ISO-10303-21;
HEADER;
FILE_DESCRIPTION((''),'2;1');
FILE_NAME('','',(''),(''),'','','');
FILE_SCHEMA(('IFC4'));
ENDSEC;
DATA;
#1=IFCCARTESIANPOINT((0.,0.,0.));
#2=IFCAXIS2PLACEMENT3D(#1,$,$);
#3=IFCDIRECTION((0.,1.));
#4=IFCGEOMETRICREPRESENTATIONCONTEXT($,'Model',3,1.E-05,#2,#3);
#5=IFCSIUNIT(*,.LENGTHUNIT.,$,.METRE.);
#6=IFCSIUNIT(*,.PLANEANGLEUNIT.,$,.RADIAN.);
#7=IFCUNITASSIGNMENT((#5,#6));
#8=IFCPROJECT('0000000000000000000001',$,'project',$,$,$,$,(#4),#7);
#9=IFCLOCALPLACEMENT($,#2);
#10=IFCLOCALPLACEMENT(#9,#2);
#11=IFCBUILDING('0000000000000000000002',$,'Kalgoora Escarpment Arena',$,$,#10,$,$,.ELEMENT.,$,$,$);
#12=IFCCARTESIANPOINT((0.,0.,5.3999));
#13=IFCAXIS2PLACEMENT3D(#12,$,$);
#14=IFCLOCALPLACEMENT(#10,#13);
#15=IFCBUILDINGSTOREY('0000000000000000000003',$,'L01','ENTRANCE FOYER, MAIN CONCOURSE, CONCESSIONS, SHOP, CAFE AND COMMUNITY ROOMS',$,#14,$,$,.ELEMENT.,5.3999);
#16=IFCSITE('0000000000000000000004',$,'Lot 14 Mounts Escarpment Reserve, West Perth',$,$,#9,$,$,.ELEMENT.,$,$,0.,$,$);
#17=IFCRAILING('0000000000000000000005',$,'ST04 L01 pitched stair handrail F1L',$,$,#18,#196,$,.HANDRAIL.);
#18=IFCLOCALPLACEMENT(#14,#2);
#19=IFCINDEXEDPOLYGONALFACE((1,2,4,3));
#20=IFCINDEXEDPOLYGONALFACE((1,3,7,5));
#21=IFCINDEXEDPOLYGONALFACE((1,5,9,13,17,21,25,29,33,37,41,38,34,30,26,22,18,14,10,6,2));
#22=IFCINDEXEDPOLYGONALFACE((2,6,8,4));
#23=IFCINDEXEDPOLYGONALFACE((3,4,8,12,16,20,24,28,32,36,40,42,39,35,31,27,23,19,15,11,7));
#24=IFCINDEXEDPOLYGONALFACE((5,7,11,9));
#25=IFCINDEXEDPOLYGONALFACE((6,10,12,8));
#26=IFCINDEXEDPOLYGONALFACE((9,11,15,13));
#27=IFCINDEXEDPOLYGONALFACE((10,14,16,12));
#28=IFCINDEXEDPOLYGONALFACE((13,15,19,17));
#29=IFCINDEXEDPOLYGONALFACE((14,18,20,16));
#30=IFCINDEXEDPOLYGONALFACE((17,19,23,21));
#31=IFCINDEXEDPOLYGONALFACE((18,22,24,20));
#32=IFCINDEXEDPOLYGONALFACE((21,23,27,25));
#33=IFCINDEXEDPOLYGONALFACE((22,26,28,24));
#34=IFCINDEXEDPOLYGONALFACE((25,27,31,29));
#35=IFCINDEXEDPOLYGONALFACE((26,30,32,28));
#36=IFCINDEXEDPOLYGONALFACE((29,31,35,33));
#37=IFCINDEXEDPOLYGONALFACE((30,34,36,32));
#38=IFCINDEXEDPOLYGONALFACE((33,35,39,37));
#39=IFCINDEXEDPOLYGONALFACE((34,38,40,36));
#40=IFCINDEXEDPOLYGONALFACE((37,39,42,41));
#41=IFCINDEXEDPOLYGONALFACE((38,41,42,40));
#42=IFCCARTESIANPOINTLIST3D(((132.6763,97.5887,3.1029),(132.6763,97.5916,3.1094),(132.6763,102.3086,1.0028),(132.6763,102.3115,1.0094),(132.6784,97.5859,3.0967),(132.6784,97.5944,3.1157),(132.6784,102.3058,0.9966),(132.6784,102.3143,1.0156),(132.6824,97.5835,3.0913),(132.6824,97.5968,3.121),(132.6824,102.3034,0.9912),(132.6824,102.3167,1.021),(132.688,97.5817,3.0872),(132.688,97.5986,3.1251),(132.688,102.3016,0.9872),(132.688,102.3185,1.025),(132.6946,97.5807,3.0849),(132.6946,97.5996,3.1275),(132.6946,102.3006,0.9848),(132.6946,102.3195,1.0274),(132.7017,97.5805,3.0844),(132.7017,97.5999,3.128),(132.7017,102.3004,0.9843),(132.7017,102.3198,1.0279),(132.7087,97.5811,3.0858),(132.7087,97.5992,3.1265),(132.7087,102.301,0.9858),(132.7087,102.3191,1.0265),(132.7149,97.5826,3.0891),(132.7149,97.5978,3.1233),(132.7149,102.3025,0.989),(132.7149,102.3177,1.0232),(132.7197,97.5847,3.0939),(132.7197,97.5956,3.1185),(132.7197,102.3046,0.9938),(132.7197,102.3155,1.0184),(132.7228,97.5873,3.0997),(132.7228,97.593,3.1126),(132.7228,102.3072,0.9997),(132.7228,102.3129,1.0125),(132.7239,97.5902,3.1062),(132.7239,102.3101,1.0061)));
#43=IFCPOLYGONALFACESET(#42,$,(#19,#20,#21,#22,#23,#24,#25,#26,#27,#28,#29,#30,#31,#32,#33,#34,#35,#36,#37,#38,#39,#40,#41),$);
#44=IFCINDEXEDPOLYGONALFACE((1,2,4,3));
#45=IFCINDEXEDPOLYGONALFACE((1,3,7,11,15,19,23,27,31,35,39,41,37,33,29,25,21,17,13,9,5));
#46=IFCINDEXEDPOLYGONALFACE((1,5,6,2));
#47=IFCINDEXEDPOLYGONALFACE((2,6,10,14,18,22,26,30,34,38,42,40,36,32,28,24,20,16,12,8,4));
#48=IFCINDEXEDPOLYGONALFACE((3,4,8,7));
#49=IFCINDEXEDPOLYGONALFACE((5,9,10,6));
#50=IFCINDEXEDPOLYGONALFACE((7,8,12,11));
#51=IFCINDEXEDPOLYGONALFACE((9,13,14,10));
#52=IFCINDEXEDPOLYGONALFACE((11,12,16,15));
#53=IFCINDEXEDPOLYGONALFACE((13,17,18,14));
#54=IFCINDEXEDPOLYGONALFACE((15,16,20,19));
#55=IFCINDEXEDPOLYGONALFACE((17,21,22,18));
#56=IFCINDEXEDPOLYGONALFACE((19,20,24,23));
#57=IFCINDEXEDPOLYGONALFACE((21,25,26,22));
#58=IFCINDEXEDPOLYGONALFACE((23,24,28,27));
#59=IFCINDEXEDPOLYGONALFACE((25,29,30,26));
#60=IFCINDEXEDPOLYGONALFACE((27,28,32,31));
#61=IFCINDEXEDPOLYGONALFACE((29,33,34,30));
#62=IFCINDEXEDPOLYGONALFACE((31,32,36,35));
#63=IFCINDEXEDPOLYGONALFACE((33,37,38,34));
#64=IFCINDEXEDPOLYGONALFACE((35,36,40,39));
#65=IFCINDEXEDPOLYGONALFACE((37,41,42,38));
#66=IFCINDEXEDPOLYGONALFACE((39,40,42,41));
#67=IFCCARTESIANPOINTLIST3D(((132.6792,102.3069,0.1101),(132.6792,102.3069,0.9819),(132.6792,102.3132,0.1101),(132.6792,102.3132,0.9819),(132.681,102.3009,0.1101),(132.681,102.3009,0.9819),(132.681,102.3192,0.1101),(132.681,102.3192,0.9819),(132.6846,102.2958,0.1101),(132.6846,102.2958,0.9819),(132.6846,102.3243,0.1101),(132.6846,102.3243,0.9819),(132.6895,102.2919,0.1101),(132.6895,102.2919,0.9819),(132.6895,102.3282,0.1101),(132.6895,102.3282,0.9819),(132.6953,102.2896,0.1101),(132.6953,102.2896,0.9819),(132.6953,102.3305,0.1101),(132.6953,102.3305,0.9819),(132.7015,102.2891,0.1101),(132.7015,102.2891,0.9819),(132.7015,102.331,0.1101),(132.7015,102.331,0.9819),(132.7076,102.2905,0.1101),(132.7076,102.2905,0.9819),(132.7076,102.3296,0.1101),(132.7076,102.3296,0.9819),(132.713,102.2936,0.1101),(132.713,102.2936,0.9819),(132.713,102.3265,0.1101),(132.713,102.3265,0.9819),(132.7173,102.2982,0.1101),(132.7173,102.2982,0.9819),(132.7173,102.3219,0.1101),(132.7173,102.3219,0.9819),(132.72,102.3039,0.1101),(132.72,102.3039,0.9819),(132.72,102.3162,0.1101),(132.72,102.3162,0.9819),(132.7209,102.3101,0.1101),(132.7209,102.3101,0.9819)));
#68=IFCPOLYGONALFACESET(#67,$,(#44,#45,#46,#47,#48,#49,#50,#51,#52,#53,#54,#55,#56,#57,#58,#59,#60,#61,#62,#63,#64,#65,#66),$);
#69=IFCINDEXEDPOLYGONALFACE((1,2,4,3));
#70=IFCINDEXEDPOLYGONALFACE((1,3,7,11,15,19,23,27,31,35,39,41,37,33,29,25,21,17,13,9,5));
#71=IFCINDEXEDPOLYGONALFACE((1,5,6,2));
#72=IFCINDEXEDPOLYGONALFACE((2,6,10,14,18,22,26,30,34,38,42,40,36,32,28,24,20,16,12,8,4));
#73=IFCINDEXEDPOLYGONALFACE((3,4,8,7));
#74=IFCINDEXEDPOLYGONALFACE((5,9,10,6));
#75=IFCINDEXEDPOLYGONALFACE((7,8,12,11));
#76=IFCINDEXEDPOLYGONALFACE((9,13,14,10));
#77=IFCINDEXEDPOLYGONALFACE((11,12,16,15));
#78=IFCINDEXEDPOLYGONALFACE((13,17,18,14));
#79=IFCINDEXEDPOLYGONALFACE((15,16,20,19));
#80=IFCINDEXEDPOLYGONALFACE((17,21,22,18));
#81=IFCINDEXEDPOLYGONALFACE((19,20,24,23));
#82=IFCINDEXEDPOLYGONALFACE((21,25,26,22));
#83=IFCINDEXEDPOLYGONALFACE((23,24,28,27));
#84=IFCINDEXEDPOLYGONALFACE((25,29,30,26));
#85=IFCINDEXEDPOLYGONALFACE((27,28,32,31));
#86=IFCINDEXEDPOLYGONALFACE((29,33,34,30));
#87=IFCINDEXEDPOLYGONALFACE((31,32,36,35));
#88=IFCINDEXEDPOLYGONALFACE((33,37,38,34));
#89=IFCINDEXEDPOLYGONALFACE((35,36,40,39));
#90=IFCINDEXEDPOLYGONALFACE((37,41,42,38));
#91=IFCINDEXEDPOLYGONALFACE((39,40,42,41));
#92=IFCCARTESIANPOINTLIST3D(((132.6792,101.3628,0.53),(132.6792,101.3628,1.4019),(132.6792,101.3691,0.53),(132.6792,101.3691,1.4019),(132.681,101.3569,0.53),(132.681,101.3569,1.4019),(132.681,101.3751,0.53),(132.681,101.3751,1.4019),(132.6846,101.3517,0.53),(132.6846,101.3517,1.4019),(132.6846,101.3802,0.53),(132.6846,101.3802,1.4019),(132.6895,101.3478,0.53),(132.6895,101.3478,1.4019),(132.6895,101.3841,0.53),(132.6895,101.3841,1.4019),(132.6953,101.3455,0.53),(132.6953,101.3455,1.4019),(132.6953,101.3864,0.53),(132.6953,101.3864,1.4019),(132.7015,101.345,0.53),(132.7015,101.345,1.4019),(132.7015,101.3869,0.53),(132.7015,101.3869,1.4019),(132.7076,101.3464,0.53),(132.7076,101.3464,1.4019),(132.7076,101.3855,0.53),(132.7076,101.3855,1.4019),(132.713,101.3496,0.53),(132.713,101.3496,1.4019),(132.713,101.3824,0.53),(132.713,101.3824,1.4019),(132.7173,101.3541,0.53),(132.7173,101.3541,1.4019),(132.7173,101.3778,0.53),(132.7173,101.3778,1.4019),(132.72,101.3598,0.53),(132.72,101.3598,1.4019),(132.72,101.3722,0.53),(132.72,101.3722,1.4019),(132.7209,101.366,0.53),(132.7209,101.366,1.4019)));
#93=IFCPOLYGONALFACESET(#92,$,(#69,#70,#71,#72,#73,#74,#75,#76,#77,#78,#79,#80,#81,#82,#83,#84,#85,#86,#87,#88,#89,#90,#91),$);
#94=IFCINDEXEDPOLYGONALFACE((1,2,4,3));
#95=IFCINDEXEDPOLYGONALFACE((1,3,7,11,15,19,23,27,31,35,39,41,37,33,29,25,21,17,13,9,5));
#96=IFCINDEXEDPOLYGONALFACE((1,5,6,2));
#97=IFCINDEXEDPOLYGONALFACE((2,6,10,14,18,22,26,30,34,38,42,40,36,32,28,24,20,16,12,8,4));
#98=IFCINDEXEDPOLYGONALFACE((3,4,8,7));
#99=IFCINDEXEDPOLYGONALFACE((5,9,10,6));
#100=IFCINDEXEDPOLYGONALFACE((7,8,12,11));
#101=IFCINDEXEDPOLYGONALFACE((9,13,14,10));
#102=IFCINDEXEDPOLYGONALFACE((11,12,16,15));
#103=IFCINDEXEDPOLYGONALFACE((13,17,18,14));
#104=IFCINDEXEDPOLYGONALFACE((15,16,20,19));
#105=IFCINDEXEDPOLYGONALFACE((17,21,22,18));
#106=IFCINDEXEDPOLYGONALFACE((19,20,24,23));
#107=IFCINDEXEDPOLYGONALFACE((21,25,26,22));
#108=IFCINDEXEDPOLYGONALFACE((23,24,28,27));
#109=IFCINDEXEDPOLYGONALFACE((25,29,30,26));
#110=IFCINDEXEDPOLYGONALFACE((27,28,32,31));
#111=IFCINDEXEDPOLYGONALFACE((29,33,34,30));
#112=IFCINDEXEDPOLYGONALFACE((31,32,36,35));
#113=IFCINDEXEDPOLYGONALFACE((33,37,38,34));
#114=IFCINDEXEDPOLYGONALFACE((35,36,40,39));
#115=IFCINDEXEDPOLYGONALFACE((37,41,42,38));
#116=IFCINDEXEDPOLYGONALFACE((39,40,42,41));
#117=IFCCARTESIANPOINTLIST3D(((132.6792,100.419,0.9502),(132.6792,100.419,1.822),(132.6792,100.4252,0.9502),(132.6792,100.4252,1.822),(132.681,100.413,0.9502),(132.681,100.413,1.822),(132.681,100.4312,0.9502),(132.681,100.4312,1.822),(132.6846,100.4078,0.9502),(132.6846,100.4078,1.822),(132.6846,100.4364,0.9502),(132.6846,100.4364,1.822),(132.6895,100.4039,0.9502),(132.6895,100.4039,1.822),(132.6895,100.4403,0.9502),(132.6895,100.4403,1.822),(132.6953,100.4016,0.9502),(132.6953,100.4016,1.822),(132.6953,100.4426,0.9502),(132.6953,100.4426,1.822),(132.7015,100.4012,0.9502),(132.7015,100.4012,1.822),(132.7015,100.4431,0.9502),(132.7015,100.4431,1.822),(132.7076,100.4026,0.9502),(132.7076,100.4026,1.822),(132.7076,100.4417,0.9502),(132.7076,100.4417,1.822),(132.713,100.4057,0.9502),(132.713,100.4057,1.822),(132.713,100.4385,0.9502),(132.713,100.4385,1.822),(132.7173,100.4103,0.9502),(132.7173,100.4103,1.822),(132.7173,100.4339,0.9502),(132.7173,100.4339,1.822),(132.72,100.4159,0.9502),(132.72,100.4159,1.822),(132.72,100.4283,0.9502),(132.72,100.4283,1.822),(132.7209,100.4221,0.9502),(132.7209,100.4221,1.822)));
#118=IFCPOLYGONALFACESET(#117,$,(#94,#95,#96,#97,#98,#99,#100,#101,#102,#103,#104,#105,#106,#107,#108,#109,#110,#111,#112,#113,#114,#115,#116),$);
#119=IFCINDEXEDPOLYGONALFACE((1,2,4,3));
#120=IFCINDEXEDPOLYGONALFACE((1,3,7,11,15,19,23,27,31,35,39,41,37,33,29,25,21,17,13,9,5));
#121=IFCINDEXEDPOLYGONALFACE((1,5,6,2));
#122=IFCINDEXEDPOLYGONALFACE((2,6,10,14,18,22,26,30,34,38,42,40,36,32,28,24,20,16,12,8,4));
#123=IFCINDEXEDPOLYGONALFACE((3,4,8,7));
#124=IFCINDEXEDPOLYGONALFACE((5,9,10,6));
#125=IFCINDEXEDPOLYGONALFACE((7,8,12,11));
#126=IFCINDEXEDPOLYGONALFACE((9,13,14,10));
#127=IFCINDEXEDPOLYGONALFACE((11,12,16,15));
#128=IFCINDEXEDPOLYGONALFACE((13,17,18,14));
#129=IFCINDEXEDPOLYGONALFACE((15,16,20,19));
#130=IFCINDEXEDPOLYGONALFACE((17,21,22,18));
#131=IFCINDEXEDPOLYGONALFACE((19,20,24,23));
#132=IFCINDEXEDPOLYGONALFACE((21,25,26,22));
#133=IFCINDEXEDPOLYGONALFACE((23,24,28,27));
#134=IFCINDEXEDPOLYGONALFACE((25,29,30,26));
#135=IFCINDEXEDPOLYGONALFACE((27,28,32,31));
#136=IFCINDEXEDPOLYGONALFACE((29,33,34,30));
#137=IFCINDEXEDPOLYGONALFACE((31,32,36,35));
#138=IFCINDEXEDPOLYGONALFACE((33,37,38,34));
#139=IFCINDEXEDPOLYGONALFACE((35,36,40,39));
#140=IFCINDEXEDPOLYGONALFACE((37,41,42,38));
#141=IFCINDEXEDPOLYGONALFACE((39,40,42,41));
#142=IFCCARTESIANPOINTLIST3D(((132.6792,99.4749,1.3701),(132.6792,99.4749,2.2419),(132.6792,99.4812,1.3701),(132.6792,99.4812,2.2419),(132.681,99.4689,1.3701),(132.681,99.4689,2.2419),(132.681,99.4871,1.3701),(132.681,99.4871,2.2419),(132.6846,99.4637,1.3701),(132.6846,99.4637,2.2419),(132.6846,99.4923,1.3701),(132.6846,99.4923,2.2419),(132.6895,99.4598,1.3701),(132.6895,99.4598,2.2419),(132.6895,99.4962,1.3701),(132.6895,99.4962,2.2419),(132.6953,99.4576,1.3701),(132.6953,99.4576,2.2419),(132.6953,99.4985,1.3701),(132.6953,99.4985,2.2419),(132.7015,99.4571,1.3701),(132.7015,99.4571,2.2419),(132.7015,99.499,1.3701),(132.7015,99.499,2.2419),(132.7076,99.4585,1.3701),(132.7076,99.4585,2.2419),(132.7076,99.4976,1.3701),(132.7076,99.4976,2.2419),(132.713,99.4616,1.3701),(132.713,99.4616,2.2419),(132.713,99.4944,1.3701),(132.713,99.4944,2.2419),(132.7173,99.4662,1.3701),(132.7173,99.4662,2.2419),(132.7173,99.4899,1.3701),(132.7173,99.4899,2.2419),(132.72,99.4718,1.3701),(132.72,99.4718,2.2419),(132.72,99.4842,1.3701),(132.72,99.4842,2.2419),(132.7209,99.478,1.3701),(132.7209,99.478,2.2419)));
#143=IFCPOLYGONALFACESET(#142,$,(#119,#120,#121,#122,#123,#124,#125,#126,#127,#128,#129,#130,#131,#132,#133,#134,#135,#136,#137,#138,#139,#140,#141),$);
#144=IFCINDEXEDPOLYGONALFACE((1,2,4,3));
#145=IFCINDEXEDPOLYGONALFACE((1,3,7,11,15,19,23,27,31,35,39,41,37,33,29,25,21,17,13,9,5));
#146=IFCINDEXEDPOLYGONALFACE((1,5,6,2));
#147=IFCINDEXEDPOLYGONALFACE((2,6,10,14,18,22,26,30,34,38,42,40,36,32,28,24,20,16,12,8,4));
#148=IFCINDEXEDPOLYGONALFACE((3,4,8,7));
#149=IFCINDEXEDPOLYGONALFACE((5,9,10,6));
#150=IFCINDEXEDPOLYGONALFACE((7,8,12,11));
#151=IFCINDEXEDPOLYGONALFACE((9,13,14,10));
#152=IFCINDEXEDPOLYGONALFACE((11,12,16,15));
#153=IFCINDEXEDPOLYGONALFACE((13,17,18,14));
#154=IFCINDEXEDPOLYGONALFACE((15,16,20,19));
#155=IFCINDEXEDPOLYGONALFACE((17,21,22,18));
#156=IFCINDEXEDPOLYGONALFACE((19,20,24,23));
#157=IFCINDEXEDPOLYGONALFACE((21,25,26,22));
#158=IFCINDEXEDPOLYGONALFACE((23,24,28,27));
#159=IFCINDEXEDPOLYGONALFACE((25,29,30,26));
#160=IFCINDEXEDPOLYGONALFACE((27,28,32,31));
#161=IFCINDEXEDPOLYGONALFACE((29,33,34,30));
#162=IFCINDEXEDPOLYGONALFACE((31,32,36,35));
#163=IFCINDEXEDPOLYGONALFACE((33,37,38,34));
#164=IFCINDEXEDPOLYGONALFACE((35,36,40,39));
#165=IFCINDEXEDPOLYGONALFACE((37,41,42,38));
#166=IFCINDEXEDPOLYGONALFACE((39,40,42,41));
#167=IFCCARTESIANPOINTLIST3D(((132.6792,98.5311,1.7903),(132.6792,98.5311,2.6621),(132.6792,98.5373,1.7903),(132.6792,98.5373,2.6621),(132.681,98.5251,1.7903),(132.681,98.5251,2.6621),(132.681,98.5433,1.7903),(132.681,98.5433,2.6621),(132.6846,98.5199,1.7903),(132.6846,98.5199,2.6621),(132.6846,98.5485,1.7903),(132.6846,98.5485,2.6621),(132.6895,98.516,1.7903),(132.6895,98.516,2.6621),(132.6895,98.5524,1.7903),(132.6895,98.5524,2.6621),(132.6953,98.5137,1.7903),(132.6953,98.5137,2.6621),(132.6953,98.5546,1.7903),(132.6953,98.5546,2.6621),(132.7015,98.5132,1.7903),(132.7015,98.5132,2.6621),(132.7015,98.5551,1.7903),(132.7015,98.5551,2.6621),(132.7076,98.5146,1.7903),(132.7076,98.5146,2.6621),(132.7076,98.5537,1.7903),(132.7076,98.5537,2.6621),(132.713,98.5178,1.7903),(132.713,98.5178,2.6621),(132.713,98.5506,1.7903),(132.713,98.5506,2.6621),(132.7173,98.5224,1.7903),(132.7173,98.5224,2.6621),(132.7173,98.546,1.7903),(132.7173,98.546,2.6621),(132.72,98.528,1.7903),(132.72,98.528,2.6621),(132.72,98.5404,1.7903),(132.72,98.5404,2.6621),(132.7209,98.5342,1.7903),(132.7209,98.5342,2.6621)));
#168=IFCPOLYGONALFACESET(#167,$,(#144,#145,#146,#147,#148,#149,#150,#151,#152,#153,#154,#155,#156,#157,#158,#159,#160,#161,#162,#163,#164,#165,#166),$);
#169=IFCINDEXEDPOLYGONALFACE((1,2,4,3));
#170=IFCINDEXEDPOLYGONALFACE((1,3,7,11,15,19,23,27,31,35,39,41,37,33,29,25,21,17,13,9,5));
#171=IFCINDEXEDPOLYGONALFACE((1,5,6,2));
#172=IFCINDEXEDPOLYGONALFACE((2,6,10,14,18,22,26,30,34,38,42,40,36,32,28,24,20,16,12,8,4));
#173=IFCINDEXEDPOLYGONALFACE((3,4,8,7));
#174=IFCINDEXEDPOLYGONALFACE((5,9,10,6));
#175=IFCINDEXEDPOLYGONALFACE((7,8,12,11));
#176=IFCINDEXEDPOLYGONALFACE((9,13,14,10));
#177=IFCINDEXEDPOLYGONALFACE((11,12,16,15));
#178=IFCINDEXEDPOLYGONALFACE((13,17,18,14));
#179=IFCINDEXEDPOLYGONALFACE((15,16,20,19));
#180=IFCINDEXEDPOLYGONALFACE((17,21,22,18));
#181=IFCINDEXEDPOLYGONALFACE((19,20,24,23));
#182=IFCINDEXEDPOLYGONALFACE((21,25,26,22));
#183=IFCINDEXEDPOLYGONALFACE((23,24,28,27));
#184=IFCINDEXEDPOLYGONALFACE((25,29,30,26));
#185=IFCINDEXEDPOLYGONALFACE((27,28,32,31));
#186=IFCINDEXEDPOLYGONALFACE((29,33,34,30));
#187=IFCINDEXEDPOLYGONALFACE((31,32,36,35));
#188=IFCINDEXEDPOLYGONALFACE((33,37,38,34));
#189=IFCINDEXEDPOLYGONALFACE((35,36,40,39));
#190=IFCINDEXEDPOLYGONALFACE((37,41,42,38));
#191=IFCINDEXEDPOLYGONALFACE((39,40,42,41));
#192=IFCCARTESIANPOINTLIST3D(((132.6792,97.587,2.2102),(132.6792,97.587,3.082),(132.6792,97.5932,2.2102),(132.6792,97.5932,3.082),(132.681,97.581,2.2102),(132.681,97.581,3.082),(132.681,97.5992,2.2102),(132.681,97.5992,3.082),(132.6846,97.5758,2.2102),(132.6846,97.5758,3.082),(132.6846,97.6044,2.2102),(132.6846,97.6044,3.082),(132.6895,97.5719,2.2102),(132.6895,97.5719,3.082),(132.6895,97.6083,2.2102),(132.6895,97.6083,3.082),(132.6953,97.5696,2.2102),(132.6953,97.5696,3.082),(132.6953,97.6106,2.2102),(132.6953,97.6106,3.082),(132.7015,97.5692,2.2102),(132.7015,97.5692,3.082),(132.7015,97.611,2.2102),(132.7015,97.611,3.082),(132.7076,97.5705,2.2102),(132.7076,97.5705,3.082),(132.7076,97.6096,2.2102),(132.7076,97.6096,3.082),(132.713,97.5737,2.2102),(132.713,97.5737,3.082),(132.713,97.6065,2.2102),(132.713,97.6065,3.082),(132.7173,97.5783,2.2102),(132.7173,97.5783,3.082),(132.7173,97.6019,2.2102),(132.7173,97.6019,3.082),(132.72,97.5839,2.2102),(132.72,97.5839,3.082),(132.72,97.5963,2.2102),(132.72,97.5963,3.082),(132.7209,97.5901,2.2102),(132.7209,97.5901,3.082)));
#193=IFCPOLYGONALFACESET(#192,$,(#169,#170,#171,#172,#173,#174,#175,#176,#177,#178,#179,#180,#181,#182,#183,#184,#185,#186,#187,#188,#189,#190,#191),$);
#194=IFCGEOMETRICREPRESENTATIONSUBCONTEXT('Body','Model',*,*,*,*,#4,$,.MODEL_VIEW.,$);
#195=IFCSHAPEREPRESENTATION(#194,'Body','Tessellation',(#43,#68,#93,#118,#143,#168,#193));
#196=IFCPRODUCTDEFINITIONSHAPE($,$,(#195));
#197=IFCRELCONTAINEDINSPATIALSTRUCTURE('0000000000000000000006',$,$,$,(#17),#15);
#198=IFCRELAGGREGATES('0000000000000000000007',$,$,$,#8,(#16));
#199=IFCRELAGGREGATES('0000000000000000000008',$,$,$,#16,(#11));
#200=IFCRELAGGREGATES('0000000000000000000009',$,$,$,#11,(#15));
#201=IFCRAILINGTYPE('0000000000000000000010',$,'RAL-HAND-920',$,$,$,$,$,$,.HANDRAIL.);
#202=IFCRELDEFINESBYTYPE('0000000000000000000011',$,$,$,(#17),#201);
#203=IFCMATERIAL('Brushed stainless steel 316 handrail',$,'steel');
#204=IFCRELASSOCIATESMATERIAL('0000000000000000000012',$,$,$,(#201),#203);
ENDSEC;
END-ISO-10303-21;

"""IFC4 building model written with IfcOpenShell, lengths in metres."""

from ifc_helpers import new_model, si_unit, direction, frame, origin, origin_2d, place, context, subcontext, project, spatial, circle, extrude, material, type_object, element, save


model = new_model("IFC4")

# Units and contexts
model_context = context("Model", 3, precision=1e-05, world=origin(), true_north=direction((0.0, 1.0)))
body_context = subcontext(model_context, "Body", "Model", "MODEL_VIEW")
ifc_project = project(units=[si_unit("LENGTHUNIT", "METRE"), si_unit("PLANEANGLEUNIT", "RADIAN")], contexts=[model_context])

# Site, building, storey
site_placement = place(None, origin())
site = spatial("IfcSite", under=ifc_project, at=site_placement, Name="Lot 14 Mounts Escarpment Reserve, West Perth", CompositionType="ELEMENT", RefElevation=0.0)
building_placement = place(site_placement, origin())
building = spatial("IfcBuilding", under=site, at=building_placement, Name="Kalgoora Escarpment Arena", CompositionType="ELEMENT")
storey_placement = place(building_placement, frame((0.0, 0.0, 5.3999)))
storey = spatial("IfcBuildingStorey", under=building, at=storey_placement, Name="L01", Description="ENTRANCE FOYER, MAIN CONCOURSE, CONCESSIONS, SHOP, CAFE AND COMMUNITY ROOMS", CompositionType="ELEMENT", Elevation=5.3999)

# Railing
ifc_material_1 = material(Name="Brushed stainless steel 316 handrail", Category="steel")
railing_type_1 = type_object("IfcRailingType", Name="RAL-HAND-920", PredefinedType="HANDRAIL", material=ifc_material_1)
for number, where, name in (
    (1, (132.7, 102.3101, 0.1101), "ST04 L01 pitched stair handrail F1L"),
):
    element("IfcRailing", number, at=place(storey_placement, frame(where)), inside=storey, type_object=railing_type_1, Name=name, PredefinedType="HANDRAIL", context=body_context, shape_type="SweptSolid", body=[
        extrude(circle(Radius=0.0239, at=origin_2d()), frame((0.0, 0.0, 0.896), z_axis=(0.0, -0.913644, 0.406516), x_axis=(1.0, 0.0, 0.0)), (0.0, 0.0, 1.0), 5.166),
        extrude(circle(Radius=0.021, at=origin_2d()), origin(), (0.0, 0.0, 1.0), 0.8718),
        extrude(circle(Radius=0.021, at=origin_2d()), frame((0.0, -0.9441, 0.4199)), (0.0, 0.0, 1.0), 0.8718),
        extrude(circle(Radius=0.021, at=origin_2d()), frame((0.0, -1.8879, 0.8401)), (0.0, 0.0, 1.0), 0.8718),
        extrude(circle(Radius=0.021, at=origin_2d()), frame((0.0, -2.832, 1.26)), (0.0, 0.0, 1.0), 0.8718),
        extrude(circle(Radius=0.021, at=origin_2d()), frame((0.0, -3.7759, 1.6802)), (0.0, 0.0, 1.0), 0.8718),
        extrude(circle(Radius=0.021, at=origin_2d()), frame((0.0, -4.72, 2.1001)), (0.0, 0.0, 1.0), 0.8718),
    ])

save(model, "model.ifc")
